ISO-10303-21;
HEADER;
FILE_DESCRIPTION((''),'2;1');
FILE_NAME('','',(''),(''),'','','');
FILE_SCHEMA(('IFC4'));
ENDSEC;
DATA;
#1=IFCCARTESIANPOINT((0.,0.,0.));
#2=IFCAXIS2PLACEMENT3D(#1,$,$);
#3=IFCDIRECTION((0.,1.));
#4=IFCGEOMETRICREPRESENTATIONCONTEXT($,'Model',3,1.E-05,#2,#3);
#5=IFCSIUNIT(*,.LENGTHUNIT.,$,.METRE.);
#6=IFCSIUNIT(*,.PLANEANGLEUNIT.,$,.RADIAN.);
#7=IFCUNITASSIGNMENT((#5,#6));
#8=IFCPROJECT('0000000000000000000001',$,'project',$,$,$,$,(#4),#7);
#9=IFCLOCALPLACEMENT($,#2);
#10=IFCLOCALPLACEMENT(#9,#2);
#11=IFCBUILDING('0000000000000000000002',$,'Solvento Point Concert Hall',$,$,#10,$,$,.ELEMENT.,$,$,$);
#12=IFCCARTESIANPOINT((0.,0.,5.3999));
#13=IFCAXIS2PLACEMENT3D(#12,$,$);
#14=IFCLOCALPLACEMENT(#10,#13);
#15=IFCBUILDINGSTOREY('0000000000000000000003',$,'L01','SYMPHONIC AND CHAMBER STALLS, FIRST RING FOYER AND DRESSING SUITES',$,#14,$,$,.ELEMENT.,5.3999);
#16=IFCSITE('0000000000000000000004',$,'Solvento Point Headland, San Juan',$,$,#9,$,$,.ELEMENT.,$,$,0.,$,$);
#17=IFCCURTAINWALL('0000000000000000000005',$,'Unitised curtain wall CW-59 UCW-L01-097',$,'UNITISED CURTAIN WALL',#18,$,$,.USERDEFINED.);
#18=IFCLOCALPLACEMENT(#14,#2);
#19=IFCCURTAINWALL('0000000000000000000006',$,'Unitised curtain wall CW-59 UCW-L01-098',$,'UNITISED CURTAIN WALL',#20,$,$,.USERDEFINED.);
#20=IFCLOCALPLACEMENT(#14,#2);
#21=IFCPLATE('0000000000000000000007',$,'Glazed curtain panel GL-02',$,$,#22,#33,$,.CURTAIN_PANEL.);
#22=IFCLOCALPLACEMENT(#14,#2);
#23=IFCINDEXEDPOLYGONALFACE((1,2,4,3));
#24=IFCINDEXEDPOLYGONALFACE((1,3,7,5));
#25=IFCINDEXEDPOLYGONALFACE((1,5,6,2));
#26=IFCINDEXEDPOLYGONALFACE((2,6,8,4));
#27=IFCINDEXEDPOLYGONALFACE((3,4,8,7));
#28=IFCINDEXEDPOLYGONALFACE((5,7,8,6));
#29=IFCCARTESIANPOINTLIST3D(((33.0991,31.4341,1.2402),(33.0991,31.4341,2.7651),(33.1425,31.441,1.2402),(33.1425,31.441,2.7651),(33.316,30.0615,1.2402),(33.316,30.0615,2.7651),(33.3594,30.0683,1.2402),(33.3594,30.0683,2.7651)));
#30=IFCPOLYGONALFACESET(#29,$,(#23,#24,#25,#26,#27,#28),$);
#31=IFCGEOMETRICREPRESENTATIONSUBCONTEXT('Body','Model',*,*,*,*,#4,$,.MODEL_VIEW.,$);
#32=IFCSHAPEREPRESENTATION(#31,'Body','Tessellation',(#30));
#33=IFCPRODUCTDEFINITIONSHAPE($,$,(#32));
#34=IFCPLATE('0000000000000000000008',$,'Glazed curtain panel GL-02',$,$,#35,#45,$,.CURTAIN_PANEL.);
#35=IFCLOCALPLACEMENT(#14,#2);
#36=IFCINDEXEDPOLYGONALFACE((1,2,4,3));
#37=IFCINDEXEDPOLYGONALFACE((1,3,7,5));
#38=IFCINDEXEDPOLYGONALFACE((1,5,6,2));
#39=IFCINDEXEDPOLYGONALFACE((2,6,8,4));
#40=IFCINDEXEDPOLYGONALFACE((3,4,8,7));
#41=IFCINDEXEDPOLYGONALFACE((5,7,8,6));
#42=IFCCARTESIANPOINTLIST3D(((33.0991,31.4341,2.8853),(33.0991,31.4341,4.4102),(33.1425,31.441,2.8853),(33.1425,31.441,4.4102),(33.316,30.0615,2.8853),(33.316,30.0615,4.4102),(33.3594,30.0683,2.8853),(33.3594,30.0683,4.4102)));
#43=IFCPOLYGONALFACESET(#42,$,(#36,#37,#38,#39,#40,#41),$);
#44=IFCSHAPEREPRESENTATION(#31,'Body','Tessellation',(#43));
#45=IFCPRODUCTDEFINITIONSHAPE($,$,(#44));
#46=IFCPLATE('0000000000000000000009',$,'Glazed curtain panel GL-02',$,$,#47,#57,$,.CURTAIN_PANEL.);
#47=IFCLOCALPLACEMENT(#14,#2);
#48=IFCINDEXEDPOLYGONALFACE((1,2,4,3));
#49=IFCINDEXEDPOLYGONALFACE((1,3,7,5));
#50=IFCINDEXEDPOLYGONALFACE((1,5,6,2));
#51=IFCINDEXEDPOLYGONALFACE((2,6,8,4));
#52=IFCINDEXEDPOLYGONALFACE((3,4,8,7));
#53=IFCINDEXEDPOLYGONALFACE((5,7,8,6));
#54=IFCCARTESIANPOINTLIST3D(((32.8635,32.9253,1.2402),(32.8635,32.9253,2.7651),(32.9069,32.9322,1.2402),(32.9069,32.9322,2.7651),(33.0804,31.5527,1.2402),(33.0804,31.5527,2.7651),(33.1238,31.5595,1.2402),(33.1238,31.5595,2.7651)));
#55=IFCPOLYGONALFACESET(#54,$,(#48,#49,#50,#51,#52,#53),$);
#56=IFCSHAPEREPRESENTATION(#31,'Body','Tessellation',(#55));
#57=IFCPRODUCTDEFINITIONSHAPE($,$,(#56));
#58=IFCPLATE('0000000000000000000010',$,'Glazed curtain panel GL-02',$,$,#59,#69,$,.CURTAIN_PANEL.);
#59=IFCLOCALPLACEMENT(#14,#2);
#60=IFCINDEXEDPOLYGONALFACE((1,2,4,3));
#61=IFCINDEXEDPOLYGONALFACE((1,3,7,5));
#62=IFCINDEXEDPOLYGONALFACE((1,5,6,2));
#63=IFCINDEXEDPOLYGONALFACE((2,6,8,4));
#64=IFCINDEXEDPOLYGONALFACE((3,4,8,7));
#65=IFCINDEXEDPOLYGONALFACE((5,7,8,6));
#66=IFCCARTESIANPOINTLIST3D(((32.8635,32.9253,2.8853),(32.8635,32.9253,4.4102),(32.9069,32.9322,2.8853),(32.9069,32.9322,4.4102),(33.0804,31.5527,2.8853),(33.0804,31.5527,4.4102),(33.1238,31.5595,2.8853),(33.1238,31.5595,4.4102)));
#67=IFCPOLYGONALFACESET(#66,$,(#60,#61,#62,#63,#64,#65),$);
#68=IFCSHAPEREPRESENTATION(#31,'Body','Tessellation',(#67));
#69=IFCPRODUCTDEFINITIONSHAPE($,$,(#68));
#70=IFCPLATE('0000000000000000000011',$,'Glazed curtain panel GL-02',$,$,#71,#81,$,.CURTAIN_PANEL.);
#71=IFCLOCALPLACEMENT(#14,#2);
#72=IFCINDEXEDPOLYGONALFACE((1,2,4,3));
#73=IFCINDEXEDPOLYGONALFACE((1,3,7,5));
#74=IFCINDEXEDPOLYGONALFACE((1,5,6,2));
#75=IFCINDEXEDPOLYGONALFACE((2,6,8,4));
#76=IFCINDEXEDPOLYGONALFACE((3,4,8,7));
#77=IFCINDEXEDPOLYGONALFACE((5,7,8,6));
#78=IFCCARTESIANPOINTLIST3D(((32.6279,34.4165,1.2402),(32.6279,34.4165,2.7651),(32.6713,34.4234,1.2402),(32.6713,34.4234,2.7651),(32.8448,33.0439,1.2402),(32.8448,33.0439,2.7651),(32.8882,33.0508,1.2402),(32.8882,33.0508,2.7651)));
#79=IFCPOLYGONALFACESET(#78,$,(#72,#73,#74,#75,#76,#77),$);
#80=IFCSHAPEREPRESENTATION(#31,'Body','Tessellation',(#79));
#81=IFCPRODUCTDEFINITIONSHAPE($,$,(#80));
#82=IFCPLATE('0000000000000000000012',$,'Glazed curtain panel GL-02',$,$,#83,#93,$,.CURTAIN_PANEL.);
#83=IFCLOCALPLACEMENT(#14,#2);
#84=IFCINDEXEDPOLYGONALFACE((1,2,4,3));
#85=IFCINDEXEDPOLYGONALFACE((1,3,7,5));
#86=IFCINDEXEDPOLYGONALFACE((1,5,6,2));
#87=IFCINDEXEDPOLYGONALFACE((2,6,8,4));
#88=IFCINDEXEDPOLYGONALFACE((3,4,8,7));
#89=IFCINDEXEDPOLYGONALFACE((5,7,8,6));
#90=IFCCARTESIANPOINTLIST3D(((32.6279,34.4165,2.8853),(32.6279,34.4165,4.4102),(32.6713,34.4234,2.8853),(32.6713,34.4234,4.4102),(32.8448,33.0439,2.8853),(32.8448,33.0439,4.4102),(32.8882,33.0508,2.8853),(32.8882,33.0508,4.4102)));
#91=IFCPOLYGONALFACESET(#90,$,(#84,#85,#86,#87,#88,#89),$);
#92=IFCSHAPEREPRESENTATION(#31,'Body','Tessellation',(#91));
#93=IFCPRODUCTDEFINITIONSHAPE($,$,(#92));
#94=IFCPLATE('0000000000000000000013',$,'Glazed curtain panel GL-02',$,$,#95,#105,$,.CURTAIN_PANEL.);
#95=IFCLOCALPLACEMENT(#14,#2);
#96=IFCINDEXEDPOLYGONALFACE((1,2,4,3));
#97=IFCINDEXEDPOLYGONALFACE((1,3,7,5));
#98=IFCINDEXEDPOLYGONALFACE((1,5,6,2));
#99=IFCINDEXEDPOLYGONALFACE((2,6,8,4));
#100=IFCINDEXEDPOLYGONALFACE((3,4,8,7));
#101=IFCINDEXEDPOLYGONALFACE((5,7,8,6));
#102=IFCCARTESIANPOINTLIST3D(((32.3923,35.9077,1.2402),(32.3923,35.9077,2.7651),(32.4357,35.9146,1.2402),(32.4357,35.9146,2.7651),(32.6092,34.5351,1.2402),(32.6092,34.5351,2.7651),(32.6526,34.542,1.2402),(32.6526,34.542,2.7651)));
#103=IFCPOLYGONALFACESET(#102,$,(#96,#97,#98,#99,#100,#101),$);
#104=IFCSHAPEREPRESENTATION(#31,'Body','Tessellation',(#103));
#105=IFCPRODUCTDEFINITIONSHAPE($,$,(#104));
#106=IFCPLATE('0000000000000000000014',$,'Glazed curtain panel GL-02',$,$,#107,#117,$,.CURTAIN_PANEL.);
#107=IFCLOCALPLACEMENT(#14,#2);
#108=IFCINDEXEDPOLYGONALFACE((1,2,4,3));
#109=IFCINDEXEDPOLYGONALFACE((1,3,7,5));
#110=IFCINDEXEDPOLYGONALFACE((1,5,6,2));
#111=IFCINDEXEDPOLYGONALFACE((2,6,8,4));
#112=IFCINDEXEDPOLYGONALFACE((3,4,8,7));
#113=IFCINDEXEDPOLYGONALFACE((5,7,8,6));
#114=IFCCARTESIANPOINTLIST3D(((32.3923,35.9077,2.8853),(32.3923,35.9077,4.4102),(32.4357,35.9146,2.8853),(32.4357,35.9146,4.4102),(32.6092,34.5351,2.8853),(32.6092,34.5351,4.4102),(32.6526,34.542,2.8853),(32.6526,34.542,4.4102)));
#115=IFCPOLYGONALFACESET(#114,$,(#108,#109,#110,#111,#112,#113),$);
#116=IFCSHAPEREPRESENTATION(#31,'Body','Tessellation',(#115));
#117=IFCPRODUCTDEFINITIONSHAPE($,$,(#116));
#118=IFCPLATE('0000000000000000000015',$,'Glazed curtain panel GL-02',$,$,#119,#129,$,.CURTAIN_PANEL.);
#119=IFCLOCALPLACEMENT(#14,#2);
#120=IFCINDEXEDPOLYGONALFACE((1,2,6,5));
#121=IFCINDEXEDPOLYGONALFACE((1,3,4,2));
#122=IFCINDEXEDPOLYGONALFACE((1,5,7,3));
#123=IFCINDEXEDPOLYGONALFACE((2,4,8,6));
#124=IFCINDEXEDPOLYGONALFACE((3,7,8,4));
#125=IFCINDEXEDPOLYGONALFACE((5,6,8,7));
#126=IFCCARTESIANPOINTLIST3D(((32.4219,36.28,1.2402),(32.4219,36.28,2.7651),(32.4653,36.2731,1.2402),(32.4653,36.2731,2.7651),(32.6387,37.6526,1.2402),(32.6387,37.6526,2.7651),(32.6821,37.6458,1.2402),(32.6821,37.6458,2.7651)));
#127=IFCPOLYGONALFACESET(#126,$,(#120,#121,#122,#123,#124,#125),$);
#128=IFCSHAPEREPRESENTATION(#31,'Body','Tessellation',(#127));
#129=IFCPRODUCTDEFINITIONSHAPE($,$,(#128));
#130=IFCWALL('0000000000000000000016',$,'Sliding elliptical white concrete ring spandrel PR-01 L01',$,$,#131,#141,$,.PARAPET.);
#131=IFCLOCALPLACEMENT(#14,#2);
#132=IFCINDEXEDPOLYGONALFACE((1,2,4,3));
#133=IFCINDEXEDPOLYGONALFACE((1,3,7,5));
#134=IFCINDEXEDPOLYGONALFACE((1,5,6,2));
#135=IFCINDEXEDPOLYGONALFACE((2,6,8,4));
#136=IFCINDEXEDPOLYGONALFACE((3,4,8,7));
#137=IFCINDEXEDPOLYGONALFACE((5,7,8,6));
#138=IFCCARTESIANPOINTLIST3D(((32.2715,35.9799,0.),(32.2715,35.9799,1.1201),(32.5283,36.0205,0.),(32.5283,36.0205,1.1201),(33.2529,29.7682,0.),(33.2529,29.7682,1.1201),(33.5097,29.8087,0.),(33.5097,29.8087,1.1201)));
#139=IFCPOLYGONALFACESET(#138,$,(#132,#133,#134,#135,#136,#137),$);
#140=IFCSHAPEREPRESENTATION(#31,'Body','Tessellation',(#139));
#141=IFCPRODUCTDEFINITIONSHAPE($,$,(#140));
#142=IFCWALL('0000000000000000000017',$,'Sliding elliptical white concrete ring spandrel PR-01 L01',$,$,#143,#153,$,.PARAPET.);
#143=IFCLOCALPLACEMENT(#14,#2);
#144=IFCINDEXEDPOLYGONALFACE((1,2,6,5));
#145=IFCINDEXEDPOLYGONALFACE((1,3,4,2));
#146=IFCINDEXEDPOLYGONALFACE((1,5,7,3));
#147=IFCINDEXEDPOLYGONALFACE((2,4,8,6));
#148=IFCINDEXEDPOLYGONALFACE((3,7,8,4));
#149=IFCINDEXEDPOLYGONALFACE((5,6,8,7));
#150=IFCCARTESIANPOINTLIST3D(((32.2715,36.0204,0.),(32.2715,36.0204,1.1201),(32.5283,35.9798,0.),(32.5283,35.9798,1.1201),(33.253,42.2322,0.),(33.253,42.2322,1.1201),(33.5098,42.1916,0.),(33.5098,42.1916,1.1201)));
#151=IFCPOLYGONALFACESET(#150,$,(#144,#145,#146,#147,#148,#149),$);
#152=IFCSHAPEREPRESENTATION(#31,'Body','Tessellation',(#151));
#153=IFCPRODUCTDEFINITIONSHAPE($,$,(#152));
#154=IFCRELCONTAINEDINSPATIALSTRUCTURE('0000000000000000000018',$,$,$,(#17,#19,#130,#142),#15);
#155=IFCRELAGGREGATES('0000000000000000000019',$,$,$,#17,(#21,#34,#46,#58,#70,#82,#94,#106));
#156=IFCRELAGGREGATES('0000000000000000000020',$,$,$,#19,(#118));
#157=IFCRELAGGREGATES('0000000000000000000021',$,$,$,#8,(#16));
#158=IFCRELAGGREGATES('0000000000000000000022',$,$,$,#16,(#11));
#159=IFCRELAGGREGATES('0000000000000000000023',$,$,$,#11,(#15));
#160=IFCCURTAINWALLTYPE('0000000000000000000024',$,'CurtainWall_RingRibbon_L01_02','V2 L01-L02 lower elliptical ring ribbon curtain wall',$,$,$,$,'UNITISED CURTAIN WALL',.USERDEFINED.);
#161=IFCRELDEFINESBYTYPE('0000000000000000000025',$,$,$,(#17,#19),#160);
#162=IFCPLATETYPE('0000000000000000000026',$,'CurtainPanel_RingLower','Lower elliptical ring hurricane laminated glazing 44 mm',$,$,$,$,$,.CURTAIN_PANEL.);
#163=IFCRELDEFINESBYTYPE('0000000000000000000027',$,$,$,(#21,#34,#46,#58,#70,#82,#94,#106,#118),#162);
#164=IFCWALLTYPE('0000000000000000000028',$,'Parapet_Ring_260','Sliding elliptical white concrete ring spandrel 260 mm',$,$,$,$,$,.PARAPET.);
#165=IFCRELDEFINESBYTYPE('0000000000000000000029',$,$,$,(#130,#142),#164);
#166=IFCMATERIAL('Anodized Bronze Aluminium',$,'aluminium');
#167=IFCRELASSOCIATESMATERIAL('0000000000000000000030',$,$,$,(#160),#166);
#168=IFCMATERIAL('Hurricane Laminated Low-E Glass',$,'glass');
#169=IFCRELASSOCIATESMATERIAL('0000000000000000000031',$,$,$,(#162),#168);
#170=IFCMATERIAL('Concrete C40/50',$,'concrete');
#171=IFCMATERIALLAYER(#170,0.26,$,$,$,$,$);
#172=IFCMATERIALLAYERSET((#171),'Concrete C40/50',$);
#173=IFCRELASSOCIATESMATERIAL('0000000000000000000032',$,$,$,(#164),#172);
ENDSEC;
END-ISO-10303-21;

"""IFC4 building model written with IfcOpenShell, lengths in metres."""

from ifc_helpers import new_model, si_unit, direction, frame, frame_2d, origin, origin_2d, place, context, subcontext, project, spatial, rectangle, extrude, material, layer, layer_set, type_object, element, aggregate, save


model = new_model("IFC4")

# Units and contexts
model_context = context("Model", 3, precision=1e-05, world=origin(), true_north=direction((0.0, 1.0)))
body_context = subcontext(model_context, "Body", "Model", "MODEL_VIEW")
ifc_project = project(units=[si_unit("LENGTHUNIT", "METRE"), si_unit("PLANEANGLEUNIT", "RADIAN")], contexts=[model_context])

# Site, building, storey
site_placement = place(None, origin())
site = spatial("IfcSite", under=ifc_project, at=site_placement, Name="Solvento Point Headland, San Juan", CompositionType="ELEMENT", RefElevation=0.0)
building_placement = place(site_placement, origin())
building = spatial("IfcBuilding", under=site, at=building_placement, Name="Solvento Point Concert Hall", CompositionType="ELEMENT")
storey_placement = place(building_placement, frame((0.0, 0.0, 5.3999)))
storey = spatial("IfcBuildingStorey", under=building, at=storey_placement, Name="L01", Description="SYMPHONIC AND CHAMBER STALLS, FIRST RING FOYER AND DRESSING SUITES", CompositionType="ELEMENT", Elevation=5.3999)

# Curtain wall
ifc_material_1 = material(Name="Anodized Bronze Aluminium", Category="aluminium")
curtain_wall_type = type_object("IfcCurtainWallType", Name="CurtainWall_RingRibbon_L01_02", Description="V2 L01-L02 lower elliptical ring ribbon curtain wall", ElementType="UNITISED CURTAIN WALL", PredefinedType="USERDEFINED", material=ifc_material_1)
curtain_wall_1_placement = place(storey_placement, origin())
curtain_wall_1 = element("IfcCurtainWall", 1, at=curtain_wall_1_placement, inside=storey, type_object=curtain_wall_type, Name="Unitised curtain wall CW-59 UCW-L01-097", ObjectType="UNITISED CURTAIN WALL", PredefinedType="USERDEFINED")

# Curtain wall
curtain_wall_2_placement = place(storey_placement, origin())
curtain_wall_2 = element("IfcCurtainWall", 2, at=curtain_wall_2_placement, inside=storey, type_object=curtain_wall_type, Name="Unitised curtain wall CW-59 UCW-L01-098", ObjectType="UNITISED CURTAIN WALL", PredefinedType="USERDEFINED")

# Plates
ifc_material_2 = material(Name="Hurricane Laminated Low-E Glass", Category="glass")
plate_type = type_object("IfcPlateType", Name="CurtainPanel_RingLower", Description="Lower elliptical ring hurricane laminated glazing 44 mm", PredefinedType="CURTAIN_PANEL", material=ifc_material_2)
plate_1_placement = place(storey_placement, frame((33.2292, 30.7512, 1.2402), z_axis=(0.0, 0.0, 1.0), x_axis=(-0.156041, 0.987751, 0.0)))
plate_1 = element("IfcPlate", 3, at=plate_1_placement, type_object=plate_type, Name="Glazed curtain panel GL-02", PredefinedType="CURTAIN_PANEL", context=body_context, shape_type="SweptSolid", body=[
    extrude(rectangle(XDim=1.3896, YDim=0.0439, at=origin_2d()), origin(), (0.0, 0.0, 1.0), 1.5249),
])
plate_2_placement = place(storey_placement, frame((33.2292, 30.7512, 2.8853), z_axis=(0.0, 0.0, 1.0), x_axis=(-0.156041, 0.987751, 0.0)))
plate_2 = element("IfcPlate", 4, at=plate_2_placement, type_object=plate_type, Name="Glazed curtain panel GL-02", PredefinedType="CURTAIN_PANEL", context=body_context, shape_type="SweptSolid", body=[
    extrude(rectangle(XDim=1.3896, YDim=0.0439, at=origin_2d()), origin(), (0.0, 0.0, 1.0), 1.5249),
])
plate_3_placement = place(storey_placement, frame((32.9937, 32.2424, 1.2402), z_axis=(0.0, 0.0, 1.0), x_axis=(-0.156041, 0.987751, 0.0)))
plate_3 = element("IfcPlate", 5, at=plate_3_placement, type_object=plate_type, Name="Glazed curtain panel GL-02", PredefinedType="CURTAIN_PANEL", context=body_context, shape_type="SweptSolid", body=[
    extrude(rectangle(XDim=1.3896, YDim=0.0439, at=origin_2d()), origin(), (0.0, 0.0, 1.0), 1.5249),
])
plate_4_placement = place(storey_placement, frame((32.9937, 32.2424, 2.8853), z_axis=(0.0, 0.0, 1.0), x_axis=(-0.156041, 0.987751, 0.0)))
plate_4 = element("IfcPlate", 6, at=plate_4_placement, type_object=plate_type, Name="Glazed curtain panel GL-02", PredefinedType="CURTAIN_PANEL", context=body_context, shape_type="SweptSolid", body=[
    extrude(rectangle(XDim=1.3896, YDim=0.0439, at=origin_2d()), origin(), (0.0, 0.0, 1.0), 1.5249),
])
plate_5_placement = place(storey_placement, frame((32.7581, 33.7336, 1.2402), z_axis=(0.0, 0.0, 1.0), x_axis=(-0.156041, 0.987751, 0.0)))
plate_5 = element("IfcPlate", 7, at=plate_5_placement, type_object=plate_type, Name="Glazed curtain panel GL-02", PredefinedType="CURTAIN_PANEL", context=body_context, shape_type="SweptSolid", body=[
    extrude(rectangle(XDim=1.3896, YDim=0.0439, at=origin_2d()), origin(), (0.0, 0.0, 1.0), 1.5249),
])
plate_6_placement = place(storey_placement, frame((32.7581, 33.7336, 2.8853), z_axis=(0.0, 0.0, 1.0), x_axis=(-0.156041, 0.987751, 0.0)))
plate_6 = element("IfcPlate", 8, at=plate_6_placement, type_object=plate_type, Name="Glazed curtain panel GL-02", PredefinedType="CURTAIN_PANEL", context=body_context, shape_type="SweptSolid", body=[
    extrude(rectangle(XDim=1.3896, YDim=0.0439, at=origin_2d()), origin(), (0.0, 0.0, 1.0), 1.5249),
])
plate_7_placement = place(storey_placement, frame((32.5225, 35.2249, 1.2402), z_axis=(0.0, 0.0, 1.0), x_axis=(-0.156041, 0.987751, 0.0)))
plate_7 = element("IfcPlate", 9, at=plate_7_placement, type_object=plate_type, Name="Glazed curtain panel GL-02", PredefinedType="CURTAIN_PANEL", context=body_context, shape_type="SweptSolid", body=[
    extrude(rectangle(XDim=1.3896, YDim=0.0439, at=origin_2d()), origin(), (0.0, 0.0, 1.0), 1.5249),
])
plate_8_placement = place(storey_placement, frame((32.5225, 35.2249, 2.8853), z_axis=(0.0, 0.0, 1.0), x_axis=(-0.156041, 0.987751, 0.0)))
plate_8 = element("IfcPlate", 10, at=plate_8_placement, type_object=plate_type, Name="Glazed curtain panel GL-02", PredefinedType="CURTAIN_PANEL", context=body_context, shape_type="SweptSolid", body=[
    extrude(rectangle(XDim=1.3896, YDim=0.0439, at=origin_2d()), origin(), (0.0, 0.0, 1.0), 1.5249),
])
aggregate(curtain_wall_1, [plate_1, plate_2, plate_3, plate_4, plate_5, plate_6, plate_7, plate_8])
plate_9_placement = place(storey_placement, frame((32.552, 36.9629, 1.2402), z_axis=(0.0, 0.0, 1.0), x_axis=(0.156041, 0.987751, 0.0)))
plate_9 = element("IfcPlate", 11, at=plate_9_placement, type_object=plate_type, Name="Glazed curtain panel GL-02", PredefinedType="CURTAIN_PANEL", context=body_context, shape_type="SweptSolid", body=[
    extrude(rectangle(XDim=1.3896, YDim=0.0439, at=origin_2d()), origin(), (0.0, 0.0, 1.0), 1.5249),
])
aggregate(curtain_wall_2, [plate_9])

# Walls
ifc_material_3 = material(Name="Concrete C40/50", Category="concrete")
ifc_layer = layer(ifc_material_3, 0.26)
ifc_layer_set = layer_set([ifc_layer], Name="Concrete C40/50")
wall_type = type_object("IfcWallType", Name="Parapet_Ring_260", Description="Sliding elliptical white concrete ring spandrel 260 mm", PredefinedType="PARAPET", material=ifc_layer_set)
for number, where, z_axis, x_axis, name in (
    (12, (33.3813, 29.7883, 0.0), (0.0, 0.0, 1.0), (-0.156064, 0.987747, 0.0), "Sliding elliptical white concrete ring spandrel PR-01 L01"),
    (13, (32.3999, 36.0, 0.0), (0.0, 0.0, 1.0), (0.156064, 0.987747, 0.0), "Sliding elliptical white concrete ring spandrel PR-01 L01"),
):
    element("IfcWall", number, at=place(storey_placement, frame(where, z_axis=z_axis, x_axis=x_axis)), inside=storey, type_object=wall_type, Name=name, PredefinedType="PARAPET", context=body_context, shape_type="SweptSolid", body=[
        extrude(rectangle(XDim=6.2888, YDim=0.26, at=frame_2d((3.1445, 0.0))), origin(), (0.0, 0.0, 1.0), 1.1201),
    ])

save(model, "model.ifc")
